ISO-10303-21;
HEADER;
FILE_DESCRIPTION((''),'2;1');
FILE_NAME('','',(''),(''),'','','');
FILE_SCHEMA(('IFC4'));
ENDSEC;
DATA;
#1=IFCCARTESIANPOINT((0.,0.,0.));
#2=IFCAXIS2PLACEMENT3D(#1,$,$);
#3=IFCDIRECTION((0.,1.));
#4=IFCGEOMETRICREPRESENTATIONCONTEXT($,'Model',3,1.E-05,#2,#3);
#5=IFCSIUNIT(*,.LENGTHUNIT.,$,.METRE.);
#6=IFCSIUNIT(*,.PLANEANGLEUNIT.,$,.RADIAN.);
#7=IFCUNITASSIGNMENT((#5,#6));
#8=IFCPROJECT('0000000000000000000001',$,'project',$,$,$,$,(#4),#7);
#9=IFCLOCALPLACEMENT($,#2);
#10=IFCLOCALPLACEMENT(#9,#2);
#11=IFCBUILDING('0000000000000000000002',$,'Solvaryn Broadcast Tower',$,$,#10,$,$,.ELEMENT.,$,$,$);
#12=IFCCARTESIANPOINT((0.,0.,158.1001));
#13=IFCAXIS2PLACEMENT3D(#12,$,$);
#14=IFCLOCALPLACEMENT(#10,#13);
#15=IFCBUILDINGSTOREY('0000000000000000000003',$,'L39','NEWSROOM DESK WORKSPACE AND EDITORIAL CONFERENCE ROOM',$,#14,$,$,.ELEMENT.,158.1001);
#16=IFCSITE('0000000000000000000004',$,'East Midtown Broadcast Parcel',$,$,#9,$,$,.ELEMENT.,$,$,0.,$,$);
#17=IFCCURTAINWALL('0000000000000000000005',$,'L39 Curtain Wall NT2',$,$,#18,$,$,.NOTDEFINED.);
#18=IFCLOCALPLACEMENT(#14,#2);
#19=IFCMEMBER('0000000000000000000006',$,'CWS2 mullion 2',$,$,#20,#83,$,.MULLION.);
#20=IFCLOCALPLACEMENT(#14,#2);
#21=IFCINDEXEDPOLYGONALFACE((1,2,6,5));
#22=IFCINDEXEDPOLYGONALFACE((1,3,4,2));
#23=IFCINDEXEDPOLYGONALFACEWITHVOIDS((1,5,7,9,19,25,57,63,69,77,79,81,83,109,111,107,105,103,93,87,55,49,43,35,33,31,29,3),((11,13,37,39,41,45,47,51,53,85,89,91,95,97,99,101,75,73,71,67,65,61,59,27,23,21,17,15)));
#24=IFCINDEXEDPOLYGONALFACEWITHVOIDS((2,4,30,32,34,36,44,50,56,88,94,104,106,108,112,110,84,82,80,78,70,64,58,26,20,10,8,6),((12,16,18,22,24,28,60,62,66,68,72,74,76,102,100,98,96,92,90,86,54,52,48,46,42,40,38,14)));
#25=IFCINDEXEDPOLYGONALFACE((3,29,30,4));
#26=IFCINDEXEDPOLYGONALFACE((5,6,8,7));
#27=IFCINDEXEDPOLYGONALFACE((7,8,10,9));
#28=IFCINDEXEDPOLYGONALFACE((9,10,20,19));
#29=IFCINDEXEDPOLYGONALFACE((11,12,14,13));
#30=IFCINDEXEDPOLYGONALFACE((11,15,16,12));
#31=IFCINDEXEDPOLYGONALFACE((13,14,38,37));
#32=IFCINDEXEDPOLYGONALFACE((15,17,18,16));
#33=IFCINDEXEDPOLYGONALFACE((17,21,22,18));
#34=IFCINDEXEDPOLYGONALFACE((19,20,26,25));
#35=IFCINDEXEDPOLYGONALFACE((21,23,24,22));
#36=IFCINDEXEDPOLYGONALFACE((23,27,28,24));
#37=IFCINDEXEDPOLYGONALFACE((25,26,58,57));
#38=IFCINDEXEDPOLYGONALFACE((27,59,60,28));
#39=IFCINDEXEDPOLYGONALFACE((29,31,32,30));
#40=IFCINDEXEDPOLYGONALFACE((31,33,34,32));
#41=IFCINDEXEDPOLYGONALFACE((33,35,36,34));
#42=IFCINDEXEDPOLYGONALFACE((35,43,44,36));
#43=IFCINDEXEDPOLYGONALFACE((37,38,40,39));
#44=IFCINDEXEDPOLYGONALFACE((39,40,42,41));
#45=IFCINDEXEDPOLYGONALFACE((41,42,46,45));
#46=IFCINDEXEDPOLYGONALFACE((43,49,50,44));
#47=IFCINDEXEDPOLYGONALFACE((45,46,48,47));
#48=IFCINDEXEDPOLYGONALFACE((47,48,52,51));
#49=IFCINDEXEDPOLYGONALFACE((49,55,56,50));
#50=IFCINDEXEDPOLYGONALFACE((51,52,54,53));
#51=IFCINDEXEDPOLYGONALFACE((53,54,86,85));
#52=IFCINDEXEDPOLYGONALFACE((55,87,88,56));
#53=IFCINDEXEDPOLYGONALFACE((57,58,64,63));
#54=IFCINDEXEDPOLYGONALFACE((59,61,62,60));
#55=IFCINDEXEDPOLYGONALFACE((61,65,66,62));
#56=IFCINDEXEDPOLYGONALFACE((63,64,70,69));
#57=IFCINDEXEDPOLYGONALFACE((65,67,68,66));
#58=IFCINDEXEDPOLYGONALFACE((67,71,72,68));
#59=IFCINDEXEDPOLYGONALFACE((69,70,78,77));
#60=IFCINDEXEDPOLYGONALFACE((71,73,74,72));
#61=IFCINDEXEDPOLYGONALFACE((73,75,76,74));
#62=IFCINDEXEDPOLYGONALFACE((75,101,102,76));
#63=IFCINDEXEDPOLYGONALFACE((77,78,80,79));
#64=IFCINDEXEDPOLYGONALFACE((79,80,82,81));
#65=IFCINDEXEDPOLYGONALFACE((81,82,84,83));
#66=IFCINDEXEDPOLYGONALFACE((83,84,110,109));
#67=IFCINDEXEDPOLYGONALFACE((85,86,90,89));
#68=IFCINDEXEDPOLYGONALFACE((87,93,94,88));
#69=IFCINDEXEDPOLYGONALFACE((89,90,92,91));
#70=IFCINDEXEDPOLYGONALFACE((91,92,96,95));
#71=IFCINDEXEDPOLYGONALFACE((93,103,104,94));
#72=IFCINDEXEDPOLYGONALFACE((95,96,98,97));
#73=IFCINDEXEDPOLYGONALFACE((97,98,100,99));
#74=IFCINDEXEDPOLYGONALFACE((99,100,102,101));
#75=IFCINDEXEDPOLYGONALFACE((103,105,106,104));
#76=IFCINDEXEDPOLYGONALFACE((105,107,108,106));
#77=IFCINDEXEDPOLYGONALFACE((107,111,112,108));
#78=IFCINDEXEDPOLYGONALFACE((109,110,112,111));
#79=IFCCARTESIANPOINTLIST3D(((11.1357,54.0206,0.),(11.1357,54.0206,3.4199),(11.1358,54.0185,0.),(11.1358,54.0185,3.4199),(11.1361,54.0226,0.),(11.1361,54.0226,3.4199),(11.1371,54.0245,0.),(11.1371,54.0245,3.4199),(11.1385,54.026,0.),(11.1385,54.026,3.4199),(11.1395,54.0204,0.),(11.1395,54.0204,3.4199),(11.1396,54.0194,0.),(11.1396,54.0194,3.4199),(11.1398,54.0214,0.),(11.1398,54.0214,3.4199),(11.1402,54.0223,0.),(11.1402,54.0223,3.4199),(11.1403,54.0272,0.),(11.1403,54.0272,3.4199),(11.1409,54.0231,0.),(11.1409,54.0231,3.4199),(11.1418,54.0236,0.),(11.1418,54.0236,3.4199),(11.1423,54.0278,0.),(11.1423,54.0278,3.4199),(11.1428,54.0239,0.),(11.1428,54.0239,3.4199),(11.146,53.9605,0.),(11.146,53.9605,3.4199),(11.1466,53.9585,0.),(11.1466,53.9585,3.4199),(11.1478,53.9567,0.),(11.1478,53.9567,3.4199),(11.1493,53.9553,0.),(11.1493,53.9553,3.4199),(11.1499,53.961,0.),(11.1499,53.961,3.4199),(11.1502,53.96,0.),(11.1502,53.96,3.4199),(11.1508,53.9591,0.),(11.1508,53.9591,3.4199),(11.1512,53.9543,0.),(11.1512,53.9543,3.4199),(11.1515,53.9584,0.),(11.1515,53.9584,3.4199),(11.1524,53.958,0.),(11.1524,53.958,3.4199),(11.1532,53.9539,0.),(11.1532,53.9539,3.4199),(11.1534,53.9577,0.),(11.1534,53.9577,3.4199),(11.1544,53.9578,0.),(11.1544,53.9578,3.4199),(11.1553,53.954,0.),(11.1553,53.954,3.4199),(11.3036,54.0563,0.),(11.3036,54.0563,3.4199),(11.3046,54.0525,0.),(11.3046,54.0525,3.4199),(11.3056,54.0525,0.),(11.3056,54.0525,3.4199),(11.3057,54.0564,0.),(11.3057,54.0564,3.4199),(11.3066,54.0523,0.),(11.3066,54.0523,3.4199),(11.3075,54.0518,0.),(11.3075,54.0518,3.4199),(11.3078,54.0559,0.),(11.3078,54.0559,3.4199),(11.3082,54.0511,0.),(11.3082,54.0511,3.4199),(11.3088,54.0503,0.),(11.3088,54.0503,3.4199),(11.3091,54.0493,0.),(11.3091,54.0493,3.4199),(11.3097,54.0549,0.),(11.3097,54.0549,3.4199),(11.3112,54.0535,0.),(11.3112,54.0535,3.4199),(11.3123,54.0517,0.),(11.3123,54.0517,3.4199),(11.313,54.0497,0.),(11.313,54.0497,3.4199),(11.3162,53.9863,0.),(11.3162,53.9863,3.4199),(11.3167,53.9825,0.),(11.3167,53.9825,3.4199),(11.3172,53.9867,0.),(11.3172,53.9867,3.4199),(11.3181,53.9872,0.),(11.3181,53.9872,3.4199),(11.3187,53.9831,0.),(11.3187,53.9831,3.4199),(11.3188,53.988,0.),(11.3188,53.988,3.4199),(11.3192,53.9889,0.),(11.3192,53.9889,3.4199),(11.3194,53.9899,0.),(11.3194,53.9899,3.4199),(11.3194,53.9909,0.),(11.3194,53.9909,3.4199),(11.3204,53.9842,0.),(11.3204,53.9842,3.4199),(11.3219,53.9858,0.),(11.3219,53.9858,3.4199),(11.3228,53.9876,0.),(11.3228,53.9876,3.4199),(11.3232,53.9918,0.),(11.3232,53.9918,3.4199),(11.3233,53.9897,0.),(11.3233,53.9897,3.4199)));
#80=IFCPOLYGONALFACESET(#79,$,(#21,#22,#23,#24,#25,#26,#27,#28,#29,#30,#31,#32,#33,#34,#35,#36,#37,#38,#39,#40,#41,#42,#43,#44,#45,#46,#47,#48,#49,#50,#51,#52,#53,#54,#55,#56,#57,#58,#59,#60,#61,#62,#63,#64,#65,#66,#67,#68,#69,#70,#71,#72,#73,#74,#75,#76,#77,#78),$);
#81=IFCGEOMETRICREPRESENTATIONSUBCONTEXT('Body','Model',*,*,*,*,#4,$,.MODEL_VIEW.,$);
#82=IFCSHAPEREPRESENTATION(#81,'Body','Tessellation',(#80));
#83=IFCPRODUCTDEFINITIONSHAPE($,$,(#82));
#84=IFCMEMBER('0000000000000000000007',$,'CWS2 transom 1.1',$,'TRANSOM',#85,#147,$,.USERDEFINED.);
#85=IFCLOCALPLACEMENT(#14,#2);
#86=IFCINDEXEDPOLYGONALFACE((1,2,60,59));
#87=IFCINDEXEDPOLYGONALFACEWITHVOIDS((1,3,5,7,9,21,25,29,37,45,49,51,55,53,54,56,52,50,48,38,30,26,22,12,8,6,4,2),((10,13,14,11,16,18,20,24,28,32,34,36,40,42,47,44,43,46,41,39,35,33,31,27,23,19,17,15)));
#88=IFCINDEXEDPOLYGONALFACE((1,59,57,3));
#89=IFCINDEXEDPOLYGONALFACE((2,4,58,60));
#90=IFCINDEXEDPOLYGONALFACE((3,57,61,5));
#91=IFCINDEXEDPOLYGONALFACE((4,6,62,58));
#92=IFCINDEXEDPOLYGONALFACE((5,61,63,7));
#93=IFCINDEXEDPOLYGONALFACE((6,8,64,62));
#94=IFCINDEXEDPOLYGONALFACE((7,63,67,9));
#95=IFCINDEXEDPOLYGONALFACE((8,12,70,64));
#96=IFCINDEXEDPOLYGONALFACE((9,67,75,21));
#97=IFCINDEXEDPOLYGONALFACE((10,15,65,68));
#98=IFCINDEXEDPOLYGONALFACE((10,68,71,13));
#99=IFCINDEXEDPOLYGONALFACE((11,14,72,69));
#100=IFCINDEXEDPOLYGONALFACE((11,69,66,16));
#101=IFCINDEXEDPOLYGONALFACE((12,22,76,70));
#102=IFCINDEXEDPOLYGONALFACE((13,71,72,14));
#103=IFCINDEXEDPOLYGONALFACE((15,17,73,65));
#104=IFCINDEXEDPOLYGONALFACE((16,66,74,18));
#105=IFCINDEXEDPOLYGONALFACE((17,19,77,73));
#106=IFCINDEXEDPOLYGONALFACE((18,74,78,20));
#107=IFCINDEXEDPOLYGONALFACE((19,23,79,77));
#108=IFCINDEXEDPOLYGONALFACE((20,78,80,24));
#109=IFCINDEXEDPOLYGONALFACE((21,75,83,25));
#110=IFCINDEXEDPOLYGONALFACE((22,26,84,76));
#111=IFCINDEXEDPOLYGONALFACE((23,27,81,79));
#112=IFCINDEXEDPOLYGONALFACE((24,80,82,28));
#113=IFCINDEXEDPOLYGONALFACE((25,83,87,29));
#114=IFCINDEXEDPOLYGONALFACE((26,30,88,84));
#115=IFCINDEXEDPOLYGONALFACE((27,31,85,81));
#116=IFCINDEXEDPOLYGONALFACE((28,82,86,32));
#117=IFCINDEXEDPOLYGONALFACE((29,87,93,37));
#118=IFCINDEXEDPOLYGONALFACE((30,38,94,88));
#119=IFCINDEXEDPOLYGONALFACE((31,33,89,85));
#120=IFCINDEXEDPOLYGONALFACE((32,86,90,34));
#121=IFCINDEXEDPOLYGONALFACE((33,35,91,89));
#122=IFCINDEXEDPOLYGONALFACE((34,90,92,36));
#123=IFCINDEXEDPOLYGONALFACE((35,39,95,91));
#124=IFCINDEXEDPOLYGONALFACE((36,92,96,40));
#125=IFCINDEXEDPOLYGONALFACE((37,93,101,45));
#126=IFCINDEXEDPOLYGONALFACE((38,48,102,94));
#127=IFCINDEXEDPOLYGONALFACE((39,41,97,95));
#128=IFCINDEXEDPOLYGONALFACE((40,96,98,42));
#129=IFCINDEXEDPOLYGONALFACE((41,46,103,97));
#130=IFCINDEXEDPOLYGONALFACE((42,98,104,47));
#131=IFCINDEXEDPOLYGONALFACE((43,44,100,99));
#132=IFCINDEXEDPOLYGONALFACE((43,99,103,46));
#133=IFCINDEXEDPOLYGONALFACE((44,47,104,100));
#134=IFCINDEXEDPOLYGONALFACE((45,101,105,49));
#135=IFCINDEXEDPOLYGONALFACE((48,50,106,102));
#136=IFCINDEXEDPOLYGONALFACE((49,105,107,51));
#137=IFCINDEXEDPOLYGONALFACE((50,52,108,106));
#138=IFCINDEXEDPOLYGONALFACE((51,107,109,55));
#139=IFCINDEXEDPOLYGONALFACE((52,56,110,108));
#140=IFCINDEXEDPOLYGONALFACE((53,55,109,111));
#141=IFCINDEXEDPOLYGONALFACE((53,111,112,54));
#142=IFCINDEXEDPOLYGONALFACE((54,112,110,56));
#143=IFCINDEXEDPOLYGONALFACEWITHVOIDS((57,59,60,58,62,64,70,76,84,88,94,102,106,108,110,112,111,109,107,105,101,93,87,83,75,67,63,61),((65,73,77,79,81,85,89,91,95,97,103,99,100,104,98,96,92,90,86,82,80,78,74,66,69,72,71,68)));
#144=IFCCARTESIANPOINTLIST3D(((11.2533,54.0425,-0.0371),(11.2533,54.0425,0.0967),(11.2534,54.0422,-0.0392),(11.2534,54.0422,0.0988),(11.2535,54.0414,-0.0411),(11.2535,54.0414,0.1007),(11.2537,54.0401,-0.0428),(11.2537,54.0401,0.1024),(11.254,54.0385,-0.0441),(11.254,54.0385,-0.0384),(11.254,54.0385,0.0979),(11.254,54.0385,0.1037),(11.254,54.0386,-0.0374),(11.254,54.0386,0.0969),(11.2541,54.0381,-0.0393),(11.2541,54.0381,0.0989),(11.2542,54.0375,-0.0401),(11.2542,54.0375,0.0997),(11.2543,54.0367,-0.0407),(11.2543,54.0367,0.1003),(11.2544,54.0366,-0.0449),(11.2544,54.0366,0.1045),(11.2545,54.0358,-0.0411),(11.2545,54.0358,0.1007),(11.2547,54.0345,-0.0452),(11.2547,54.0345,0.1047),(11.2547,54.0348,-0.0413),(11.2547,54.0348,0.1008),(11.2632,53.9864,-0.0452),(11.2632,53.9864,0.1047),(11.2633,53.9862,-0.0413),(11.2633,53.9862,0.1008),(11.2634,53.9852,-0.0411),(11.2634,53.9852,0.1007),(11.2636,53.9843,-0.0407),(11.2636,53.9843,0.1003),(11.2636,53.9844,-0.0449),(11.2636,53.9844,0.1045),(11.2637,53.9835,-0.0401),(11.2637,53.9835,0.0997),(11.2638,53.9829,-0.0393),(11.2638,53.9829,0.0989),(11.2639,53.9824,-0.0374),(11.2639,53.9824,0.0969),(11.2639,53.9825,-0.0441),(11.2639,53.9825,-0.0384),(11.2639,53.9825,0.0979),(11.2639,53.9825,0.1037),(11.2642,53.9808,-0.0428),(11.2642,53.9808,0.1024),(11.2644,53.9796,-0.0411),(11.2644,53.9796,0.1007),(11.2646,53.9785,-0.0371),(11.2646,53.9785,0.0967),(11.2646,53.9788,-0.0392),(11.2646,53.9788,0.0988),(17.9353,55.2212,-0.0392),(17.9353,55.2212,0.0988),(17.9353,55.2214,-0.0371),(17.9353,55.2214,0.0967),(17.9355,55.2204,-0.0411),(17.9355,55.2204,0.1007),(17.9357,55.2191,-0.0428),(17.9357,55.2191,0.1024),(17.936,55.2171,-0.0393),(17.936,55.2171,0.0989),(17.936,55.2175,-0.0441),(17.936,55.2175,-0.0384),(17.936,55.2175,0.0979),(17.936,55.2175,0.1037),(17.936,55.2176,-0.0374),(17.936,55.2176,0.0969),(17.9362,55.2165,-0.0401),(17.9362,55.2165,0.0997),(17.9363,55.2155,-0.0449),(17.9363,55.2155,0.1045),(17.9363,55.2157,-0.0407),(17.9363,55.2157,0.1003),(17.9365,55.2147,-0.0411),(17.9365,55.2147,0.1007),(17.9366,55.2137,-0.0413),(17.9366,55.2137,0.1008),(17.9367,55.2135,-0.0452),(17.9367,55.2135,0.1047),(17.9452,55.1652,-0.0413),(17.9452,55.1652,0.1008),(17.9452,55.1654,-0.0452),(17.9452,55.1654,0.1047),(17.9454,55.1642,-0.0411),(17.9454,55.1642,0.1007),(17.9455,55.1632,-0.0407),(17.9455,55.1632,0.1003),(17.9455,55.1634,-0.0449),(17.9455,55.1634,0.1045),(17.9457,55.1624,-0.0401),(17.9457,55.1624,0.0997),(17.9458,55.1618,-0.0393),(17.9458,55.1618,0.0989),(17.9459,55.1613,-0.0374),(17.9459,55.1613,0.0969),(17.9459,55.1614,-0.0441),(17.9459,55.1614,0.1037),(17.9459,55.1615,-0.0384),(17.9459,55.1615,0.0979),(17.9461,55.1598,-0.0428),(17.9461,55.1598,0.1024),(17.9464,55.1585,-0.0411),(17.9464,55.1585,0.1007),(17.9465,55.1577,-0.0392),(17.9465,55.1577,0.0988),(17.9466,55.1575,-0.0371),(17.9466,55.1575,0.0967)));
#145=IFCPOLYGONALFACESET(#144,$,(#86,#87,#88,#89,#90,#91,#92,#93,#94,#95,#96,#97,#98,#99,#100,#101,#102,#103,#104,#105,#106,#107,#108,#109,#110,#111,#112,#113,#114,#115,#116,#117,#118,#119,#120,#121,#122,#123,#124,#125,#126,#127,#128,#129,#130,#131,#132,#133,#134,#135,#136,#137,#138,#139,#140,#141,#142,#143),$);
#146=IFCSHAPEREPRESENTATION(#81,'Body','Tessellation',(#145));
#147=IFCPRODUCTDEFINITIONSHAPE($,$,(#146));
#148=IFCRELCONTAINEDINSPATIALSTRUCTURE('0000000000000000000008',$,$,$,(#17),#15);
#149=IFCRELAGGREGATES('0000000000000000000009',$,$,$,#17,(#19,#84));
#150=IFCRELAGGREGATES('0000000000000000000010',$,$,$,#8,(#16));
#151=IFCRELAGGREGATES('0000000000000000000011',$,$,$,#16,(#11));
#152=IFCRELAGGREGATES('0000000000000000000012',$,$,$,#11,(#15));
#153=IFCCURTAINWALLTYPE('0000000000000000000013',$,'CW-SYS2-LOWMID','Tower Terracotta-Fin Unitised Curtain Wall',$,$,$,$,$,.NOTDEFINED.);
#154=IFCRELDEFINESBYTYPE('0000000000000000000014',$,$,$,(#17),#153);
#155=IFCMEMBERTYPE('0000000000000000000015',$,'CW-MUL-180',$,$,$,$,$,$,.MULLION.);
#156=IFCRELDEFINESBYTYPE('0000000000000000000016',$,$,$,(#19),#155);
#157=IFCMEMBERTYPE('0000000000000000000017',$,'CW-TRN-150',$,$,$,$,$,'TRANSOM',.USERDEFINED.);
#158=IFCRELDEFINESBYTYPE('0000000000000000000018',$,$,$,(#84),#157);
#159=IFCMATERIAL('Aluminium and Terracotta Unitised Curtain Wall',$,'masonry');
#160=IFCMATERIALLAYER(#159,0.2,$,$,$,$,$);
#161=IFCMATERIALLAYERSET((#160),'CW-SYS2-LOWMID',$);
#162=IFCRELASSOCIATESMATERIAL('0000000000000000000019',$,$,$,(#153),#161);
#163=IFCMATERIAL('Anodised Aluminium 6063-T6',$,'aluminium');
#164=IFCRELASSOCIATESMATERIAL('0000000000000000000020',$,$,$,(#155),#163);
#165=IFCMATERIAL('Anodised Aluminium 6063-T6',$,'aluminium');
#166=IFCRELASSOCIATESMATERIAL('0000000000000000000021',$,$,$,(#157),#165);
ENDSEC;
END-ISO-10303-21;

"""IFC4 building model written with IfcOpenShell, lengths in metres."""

from ifc_helpers import new_model, si_unit, direction, frame, origin, origin_2d, place, context, subcontext, project, spatial, hollow_rectangle, extrude, material, layer, layer_set, material_profile, profile_set, type_object, element, aggregate, save


model = new_model("IFC4")

# Units and contexts
model_context = context("Model", 3, precision=1e-05, world=origin(), true_north=direction((0.0, 1.0)))
body_context = subcontext(model_context, "Body", "Model", "MODEL_VIEW")
ifc_project = project(units=[si_unit("LENGTHUNIT", "METRE"), si_unit("PLANEANGLEUNIT", "RADIAN")], contexts=[model_context])

# Site, building, storey
site_placement = place(None, origin())
site = spatial("IfcSite", under=ifc_project, at=site_placement, Name="East Midtown Broadcast Parcel", CompositionType="ELEMENT", RefElevation=0.0)
building_placement = place(site_placement, origin())
building = spatial("IfcBuilding", under=site, at=building_placement, Name="Solvaryn Broadcast Tower", CompositionType="ELEMENT")
storey_placement = place(building_placement, frame((0.0, 0.0, 158.1001)))
storey = spatial("IfcBuildingStorey", under=building, at=storey_placement, Name="L39", Description="NEWSROOM DESK WORKSPACE AND EDITORIAL CONFERENCE ROOM", CompositionType="ELEMENT", Elevation=158.1001)

# Shared definitions
ifc_material_1 = material(Name="Aluminium and Terracotta Unitised Curtain Wall", Category="masonry")
ifc_layer_1 = layer(ifc_material_1, 0.2)
ifc_layer_set_1 = layer_set([ifc_layer_1], Name="CW-SYS2-LOWMID")
curtain_wall_type = type_object("IfcCurtainWallType", Name="CW-SYS2-LOWMID", Description="Tower Terracotta-Fin Unitised Curtain Wall", PredefinedType="NOTDEFINED", material=ifc_layer_set_1)
ifc_material_2 = material(Name="Anodised Aluminium 6063-T6", Category="aluminium")
ifc_material_profile_1 = material_profile(ifc_material_2, hollow_rectangle(XDim=0.075, YDim=0.1799, WallThickness=0.0039, InnerFilletRadius=0.0039, OuterFilletRadius=0.0081, at=origin_2d()))
ifc_profile_set_1 = profile_set([ifc_material_profile_1], Name="Anodised Aluminium 6063-T6")
member_type_1 = type_object("IfcMemberType", Name="CW-MUL-180", PredefinedType="MULLION", material=ifc_profile_set_1)

# Curtain wall, members
curtain_wall_1_placement = place(storey_placement, origin())
curtain_wall_1 = element("IfcCurtainWall", 1, at=curtain_wall_1_placement, inside=storey, type_object=curtain_wall_type, Name="L39 Curtain Wall NT2", PredefinedType="NOTDEFINED")
member_1_placement = place(storey_placement, frame((11.2295, 54.0051, 0.0), z_axis=(0.0, 0.0, 1.0), x_axis=(0.173785, -0.984784, 0.0)))
member_1 = element("IfcMember", 2, at=member_1_placement, type_object=member_type_1, Name="CWS2 mullion 2", PredefinedType="MULLION", context=body_context, shape_type="SweptSolid", body=[
    extrude(hollow_rectangle(XDim=0.075, YDim=0.1799, WallThickness=0.0039, InnerFilletRadius=0.0039, OuterFilletRadius=0.0081, at=origin_2d()), origin(), (0.0, 0.0, 1.0), 3.4199),
])
ifc_material_3 = material(Name="Anodised Aluminium 6063-T6", Category="aluminium")
ifc_material_profile_2 = material_profile(ifc_material_3, hollow_rectangle(XDim=0.0649, YDim=0.1499, WallThickness=0.0039, InnerFilletRadius=0.0039, OuterFilletRadius=0.0081, at=origin_2d()))
ifc_profile_set_2 = profile_set([ifc_material_profile_2], Name="Anodised Aluminium 6063-T6")
member_type_2 = type_object("IfcMemberType", Name="CW-TRN-150", ElementType="TRANSOM", PredefinedType="USERDEFINED", material=ifc_profile_set_2)
member_2_placement = place(storey_placement, frame((17.9409, 55.1895, 0.0298), z_axis=(-0.984789, -0.173757, 0.0), x_axis=(0.173757, -0.984789, 0.0)))
member_2 = element("IfcMember", 3, at=member_2_placement, type_object=member_type_2, Name="CWS2 transom 1.1", ObjectType="TRANSOM", PredefinedType="USERDEFINED", context=body_context, shape_type="SweptSolid", body=[
    extrude(hollow_rectangle(XDim=0.0649, YDim=0.1499, WallThickness=0.0039, InnerFilletRadius=0.0039, OuterFilletRadius=0.0081, at=origin_2d()), origin(), (0.0, 0.0, 1.0), 6.7852),
])

aggregate(curtain_wall_1, [member_1, member_2])

save(model, "model.ifc")
